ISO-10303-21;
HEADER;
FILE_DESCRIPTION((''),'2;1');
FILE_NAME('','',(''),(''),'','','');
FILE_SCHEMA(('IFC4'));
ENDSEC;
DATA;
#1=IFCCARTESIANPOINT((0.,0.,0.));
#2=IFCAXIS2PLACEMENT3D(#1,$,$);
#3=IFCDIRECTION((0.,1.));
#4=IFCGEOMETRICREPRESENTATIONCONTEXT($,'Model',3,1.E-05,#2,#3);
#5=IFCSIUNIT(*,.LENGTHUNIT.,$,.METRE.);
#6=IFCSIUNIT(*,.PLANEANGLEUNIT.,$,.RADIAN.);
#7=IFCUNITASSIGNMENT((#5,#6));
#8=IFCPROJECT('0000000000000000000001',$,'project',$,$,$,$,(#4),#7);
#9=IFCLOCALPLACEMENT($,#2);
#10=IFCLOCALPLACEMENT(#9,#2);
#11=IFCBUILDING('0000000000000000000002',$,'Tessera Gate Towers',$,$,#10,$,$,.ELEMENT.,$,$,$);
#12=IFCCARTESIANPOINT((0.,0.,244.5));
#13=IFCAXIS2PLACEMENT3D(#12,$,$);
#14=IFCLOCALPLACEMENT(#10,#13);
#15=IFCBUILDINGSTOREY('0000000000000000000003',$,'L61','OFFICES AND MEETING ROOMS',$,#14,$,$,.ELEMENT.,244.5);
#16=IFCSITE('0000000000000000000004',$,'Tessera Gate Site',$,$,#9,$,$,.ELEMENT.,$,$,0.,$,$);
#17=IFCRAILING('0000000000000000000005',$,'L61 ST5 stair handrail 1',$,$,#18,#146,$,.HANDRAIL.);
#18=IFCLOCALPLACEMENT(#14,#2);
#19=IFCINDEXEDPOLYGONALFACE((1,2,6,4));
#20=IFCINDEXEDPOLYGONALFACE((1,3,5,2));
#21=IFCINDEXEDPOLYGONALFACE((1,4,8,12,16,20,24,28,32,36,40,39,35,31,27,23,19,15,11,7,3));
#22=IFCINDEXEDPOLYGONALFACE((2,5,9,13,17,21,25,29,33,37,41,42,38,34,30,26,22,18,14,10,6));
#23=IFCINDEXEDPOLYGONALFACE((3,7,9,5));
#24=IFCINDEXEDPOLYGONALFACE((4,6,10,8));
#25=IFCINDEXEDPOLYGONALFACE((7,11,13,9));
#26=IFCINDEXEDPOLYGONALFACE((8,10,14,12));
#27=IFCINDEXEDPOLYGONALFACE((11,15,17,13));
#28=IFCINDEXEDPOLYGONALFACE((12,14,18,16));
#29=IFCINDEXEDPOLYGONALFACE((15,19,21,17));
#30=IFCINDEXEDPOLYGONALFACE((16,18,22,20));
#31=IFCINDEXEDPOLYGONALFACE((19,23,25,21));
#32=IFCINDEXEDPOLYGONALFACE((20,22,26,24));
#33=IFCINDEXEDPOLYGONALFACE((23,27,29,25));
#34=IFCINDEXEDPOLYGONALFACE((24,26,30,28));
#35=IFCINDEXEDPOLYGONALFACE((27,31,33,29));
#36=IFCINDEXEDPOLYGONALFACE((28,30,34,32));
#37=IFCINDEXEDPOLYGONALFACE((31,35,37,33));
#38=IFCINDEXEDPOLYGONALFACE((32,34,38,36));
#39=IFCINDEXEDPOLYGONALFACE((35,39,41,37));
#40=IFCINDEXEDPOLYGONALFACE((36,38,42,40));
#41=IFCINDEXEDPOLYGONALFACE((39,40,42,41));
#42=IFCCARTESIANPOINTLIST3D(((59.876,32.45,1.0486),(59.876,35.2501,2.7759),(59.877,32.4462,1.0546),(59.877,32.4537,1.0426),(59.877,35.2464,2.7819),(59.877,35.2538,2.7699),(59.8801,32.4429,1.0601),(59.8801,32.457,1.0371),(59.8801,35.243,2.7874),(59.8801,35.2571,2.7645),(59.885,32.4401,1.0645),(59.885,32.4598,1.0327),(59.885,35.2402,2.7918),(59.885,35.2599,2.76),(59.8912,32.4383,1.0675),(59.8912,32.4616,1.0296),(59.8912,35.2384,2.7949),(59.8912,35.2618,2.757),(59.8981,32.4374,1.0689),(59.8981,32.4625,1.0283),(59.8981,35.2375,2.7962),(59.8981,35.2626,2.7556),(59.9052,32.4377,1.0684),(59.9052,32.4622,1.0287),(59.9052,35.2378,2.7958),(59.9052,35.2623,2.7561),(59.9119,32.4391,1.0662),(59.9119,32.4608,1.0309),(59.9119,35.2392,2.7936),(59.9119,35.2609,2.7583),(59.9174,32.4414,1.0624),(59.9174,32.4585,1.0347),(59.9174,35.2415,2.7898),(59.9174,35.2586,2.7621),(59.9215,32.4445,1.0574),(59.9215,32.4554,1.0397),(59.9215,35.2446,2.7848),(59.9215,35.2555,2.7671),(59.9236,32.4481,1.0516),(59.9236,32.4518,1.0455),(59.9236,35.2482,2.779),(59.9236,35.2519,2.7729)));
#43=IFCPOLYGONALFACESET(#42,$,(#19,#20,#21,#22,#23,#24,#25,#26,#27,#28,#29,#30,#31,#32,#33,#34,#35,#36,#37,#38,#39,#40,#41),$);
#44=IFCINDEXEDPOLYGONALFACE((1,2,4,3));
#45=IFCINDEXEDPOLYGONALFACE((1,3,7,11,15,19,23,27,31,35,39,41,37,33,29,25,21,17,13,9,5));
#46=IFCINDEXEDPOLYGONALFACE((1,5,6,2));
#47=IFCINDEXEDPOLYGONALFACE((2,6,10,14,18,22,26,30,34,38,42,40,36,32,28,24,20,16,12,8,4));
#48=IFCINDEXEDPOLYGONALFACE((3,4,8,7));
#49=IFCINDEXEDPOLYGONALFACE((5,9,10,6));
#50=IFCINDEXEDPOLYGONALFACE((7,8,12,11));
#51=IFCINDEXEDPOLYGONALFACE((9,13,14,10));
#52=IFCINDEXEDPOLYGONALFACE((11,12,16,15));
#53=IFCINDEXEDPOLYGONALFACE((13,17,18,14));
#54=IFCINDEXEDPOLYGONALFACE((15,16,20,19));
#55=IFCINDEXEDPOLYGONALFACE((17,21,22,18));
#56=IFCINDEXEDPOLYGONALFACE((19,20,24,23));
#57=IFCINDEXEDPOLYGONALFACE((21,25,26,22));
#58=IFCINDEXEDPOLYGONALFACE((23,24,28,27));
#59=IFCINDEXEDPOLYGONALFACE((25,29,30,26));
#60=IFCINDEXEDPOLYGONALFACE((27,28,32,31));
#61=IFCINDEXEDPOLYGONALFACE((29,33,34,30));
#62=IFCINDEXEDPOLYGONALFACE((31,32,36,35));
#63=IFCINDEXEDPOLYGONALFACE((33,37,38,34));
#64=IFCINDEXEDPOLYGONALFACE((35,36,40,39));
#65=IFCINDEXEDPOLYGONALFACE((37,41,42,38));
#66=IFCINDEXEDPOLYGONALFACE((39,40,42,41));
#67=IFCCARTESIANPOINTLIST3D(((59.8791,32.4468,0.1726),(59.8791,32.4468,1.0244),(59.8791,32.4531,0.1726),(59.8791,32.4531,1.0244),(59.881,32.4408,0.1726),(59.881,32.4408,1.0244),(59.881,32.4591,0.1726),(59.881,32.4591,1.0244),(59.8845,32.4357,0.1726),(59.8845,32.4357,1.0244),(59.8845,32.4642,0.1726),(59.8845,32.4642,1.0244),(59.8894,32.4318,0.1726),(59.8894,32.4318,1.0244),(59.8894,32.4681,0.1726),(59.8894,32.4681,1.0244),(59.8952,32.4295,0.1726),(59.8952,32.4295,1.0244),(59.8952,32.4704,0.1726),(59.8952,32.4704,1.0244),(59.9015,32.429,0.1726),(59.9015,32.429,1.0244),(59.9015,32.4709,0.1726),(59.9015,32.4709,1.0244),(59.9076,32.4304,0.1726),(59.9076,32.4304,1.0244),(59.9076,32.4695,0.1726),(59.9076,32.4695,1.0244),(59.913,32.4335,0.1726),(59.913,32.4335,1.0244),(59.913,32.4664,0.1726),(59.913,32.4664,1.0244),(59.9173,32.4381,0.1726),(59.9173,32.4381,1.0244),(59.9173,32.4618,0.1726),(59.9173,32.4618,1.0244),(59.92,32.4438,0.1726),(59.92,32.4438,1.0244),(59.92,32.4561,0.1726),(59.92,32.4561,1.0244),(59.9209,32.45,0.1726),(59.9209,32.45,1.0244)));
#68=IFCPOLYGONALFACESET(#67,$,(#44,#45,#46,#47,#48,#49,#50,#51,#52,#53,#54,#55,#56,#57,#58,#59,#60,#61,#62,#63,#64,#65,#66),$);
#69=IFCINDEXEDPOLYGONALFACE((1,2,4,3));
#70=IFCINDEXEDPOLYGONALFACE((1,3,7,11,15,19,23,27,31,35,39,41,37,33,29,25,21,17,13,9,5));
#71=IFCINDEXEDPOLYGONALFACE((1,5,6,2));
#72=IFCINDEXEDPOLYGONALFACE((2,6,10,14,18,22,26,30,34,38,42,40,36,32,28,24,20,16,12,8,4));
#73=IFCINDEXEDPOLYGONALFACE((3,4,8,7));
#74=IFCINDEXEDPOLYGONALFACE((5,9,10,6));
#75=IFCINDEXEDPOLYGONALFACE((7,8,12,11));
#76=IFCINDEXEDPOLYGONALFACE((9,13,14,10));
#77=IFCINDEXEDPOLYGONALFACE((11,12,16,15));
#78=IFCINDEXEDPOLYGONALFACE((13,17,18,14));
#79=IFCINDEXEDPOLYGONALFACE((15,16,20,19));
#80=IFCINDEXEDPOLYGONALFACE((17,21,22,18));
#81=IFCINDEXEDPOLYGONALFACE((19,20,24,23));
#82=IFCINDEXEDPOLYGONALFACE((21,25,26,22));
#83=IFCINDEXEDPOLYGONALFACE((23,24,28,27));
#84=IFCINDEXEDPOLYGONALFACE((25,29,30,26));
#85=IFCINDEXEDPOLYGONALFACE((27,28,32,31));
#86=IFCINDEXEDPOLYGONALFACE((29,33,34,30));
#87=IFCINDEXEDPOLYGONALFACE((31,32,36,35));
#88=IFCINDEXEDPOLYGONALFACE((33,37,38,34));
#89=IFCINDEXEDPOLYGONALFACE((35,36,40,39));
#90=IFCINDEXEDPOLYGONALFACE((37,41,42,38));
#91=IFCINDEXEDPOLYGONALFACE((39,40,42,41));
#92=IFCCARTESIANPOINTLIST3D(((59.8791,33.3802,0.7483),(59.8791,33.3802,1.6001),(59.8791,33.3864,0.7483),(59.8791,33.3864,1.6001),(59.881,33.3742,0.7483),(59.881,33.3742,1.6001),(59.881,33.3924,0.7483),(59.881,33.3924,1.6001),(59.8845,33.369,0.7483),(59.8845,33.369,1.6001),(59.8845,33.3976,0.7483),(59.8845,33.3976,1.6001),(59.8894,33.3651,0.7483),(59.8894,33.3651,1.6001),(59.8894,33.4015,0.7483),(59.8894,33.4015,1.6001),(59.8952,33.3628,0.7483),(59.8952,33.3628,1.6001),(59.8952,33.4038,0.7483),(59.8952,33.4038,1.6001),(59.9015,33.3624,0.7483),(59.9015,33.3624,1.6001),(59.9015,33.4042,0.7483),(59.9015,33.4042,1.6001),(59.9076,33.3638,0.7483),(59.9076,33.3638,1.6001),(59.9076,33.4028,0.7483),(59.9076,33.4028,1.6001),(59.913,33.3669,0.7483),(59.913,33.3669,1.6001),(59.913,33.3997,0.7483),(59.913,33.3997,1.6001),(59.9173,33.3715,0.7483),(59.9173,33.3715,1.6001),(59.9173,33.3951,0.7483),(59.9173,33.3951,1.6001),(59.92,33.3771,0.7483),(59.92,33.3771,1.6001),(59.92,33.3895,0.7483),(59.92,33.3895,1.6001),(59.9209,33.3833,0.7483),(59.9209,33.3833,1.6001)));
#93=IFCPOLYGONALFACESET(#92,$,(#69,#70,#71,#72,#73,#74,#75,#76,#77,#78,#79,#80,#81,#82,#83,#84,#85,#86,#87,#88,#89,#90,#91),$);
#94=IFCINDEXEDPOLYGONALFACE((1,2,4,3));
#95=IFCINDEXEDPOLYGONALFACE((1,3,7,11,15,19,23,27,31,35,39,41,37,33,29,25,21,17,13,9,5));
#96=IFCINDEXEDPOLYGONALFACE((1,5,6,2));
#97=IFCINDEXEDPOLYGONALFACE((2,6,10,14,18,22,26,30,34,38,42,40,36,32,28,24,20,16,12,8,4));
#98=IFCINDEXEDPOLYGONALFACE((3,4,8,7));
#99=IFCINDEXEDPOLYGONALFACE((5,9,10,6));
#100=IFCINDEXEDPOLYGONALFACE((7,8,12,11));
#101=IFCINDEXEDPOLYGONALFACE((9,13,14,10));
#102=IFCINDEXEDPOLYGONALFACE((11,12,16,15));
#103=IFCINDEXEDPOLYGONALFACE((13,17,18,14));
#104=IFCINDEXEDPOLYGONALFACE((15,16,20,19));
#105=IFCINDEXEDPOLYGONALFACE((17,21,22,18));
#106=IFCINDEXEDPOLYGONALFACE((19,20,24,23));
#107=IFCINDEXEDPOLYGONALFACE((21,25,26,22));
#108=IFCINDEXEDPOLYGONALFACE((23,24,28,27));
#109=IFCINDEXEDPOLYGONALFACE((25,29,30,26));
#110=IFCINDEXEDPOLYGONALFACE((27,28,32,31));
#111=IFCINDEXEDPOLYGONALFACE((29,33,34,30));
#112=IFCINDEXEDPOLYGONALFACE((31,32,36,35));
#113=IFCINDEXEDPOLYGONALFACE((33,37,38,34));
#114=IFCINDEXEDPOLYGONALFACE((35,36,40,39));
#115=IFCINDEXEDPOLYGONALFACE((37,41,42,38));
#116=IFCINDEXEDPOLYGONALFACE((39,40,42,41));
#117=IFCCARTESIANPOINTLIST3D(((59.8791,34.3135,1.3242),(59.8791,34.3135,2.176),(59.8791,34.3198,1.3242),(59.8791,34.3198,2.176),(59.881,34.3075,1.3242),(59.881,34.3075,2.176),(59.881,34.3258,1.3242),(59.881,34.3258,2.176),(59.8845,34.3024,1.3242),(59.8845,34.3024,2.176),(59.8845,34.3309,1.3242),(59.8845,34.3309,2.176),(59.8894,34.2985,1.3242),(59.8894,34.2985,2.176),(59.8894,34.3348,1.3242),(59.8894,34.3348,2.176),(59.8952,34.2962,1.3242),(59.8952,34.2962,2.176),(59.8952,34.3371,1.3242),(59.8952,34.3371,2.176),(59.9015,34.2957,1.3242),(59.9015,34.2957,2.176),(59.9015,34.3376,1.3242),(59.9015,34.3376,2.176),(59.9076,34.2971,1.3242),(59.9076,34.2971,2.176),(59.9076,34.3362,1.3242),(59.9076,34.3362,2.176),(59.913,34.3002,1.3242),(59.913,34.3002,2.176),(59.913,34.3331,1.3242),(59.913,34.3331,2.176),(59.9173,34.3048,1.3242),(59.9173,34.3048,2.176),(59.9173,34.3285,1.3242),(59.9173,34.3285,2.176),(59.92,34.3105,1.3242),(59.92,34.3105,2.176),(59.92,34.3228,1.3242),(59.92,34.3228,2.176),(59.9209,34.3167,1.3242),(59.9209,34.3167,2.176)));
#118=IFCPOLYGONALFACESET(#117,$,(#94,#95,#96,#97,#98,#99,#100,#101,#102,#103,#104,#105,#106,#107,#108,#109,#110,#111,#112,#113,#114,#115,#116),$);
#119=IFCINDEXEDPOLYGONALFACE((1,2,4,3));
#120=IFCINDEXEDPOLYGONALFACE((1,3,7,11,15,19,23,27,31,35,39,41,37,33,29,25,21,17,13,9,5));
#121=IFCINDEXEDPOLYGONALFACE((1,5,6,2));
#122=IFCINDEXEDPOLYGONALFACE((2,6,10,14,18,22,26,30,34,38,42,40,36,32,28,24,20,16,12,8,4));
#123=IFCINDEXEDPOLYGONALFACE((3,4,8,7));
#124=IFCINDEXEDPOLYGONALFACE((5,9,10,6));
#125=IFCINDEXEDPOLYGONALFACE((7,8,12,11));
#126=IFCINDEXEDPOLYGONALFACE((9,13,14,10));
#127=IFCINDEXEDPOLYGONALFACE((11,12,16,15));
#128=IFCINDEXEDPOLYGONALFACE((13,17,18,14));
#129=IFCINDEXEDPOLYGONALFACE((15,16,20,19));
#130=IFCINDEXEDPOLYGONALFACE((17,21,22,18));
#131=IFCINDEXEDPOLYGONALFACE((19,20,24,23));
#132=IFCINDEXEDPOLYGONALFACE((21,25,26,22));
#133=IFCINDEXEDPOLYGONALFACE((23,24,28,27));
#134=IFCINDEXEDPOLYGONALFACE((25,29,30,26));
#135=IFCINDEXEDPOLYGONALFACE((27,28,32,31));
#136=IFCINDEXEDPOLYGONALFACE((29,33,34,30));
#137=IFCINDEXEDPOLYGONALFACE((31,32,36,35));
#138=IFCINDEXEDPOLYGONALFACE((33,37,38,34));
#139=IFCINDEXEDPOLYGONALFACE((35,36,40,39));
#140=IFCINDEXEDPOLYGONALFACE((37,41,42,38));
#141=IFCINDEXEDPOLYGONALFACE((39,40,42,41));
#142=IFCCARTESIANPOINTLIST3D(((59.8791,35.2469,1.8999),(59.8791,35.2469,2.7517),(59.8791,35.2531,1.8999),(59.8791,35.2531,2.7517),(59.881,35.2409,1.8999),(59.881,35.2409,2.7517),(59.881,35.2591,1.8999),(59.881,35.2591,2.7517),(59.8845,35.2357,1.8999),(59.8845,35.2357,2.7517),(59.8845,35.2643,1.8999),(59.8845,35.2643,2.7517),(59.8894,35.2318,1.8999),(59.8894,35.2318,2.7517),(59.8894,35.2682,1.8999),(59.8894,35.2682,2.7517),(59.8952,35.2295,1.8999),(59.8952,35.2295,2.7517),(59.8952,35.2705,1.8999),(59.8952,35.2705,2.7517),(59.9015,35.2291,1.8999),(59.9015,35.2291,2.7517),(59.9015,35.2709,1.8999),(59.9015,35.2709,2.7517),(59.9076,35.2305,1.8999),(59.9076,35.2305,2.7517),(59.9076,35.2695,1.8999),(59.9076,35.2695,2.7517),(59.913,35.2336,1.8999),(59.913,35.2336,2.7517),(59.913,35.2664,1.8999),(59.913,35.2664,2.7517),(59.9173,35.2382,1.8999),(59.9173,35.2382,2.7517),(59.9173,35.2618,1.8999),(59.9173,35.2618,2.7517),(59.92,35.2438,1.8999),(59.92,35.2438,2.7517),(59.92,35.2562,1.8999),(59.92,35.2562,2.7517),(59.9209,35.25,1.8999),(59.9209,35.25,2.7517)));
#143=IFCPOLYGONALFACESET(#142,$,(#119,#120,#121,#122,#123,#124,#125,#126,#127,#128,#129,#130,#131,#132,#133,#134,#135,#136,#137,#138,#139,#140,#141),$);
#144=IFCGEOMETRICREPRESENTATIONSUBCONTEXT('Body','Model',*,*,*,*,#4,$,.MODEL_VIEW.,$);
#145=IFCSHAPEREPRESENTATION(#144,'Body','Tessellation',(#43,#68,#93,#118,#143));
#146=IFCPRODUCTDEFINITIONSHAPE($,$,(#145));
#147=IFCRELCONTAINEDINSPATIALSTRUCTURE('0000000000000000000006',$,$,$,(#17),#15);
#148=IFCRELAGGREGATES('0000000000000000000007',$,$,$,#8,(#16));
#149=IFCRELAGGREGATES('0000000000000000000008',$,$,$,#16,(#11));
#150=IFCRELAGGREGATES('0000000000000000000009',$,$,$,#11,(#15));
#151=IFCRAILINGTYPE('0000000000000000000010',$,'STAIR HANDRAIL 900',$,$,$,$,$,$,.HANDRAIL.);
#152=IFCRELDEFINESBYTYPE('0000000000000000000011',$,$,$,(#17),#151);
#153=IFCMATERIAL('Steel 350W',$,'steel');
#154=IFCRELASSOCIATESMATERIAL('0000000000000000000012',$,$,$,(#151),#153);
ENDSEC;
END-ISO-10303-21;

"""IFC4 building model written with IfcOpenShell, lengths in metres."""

from ifc_helpers import new_model, si_unit, direction, frame, origin, origin_2d, place, context, subcontext, project, spatial, circle, extrude, material, type_object, element, save


model = new_model("IFC4")

# Units and contexts
model_context = context("Model", 3, precision=1e-05, world=origin(), true_north=direction((0.0, 1.0)))
body_context = subcontext(model_context, "Body", "Model", "MODEL_VIEW")
ifc_project = project(units=[si_unit("LENGTHUNIT", "METRE"), si_unit("PLANEANGLEUNIT", "RADIAN")], contexts=[model_context])

# Site, building, storey
site_placement = place(None, origin())
site = spatial("IfcSite", under=ifc_project, at=site_placement, Name="Tessera Gate Site", CompositionType="ELEMENT", RefElevation=0.0)
building_placement = place(site_placement, origin())
building = spatial("IfcBuilding", under=site, at=building_placement, Name="Tessera Gate Towers", CompositionType="ELEMENT")
storey_placement = place(building_placement, frame((0.0, 0.0, 244.5)))
storey = spatial("IfcBuildingStorey", under=building, at=storey_placement, Name="L61", Description="OFFICES AND MEETING ROOMS", CompositionType="ELEMENT", Elevation=244.5)

# Railing
ifc_material_1 = material(Name="Steel 350W", Category="steel")
railing_type_1 = type_object("IfcRailingType", Name="STAIR HANDRAIL 900", PredefinedType="HANDRAIL", material=ifc_material_1)
for number, where, name in (
    (1, (59.8999, 32.45, 0.1726), "L61 ST5 stair handrail 1"),
):
    element("IfcRailing", number, at=place(storey_placement, frame(where)), inside=storey, type_object=railing_type_1, Name=name, PredefinedType="HANDRAIL", context=body_context, shape_type="SweptSolid", body=[
        extrude(circle(Radius=0.0239, at=origin_2d()), frame((0.0, 0.0, 0.876), z_axis=(0.0, 0.85109, 0.52502), x_axis=(-1.0, 0.0, 0.0)), (0.0, 0.0, 1.0), 3.29),
        extrude(circle(Radius=0.021, at=origin_2d()), origin(), (0.0, 0.0, 1.0), 0.8518),
        extrude(circle(Radius=0.021, at=origin_2d()), frame((0.0, 0.9333, 0.5757)), (0.0, 0.0, 1.0), 0.8518),
        extrude(circle(Radius=0.021, at=origin_2d()), frame((0.0, 1.8667, 1.1516)), (0.0, 0.0, 1.0), 0.8518),
        extrude(circle(Radius=0.021, at=origin_2d()), frame((0.0, 2.8, 1.7273)), (0.0, 0.0, 1.0), 0.8518),
    ])

save(model, "model.ifc")
